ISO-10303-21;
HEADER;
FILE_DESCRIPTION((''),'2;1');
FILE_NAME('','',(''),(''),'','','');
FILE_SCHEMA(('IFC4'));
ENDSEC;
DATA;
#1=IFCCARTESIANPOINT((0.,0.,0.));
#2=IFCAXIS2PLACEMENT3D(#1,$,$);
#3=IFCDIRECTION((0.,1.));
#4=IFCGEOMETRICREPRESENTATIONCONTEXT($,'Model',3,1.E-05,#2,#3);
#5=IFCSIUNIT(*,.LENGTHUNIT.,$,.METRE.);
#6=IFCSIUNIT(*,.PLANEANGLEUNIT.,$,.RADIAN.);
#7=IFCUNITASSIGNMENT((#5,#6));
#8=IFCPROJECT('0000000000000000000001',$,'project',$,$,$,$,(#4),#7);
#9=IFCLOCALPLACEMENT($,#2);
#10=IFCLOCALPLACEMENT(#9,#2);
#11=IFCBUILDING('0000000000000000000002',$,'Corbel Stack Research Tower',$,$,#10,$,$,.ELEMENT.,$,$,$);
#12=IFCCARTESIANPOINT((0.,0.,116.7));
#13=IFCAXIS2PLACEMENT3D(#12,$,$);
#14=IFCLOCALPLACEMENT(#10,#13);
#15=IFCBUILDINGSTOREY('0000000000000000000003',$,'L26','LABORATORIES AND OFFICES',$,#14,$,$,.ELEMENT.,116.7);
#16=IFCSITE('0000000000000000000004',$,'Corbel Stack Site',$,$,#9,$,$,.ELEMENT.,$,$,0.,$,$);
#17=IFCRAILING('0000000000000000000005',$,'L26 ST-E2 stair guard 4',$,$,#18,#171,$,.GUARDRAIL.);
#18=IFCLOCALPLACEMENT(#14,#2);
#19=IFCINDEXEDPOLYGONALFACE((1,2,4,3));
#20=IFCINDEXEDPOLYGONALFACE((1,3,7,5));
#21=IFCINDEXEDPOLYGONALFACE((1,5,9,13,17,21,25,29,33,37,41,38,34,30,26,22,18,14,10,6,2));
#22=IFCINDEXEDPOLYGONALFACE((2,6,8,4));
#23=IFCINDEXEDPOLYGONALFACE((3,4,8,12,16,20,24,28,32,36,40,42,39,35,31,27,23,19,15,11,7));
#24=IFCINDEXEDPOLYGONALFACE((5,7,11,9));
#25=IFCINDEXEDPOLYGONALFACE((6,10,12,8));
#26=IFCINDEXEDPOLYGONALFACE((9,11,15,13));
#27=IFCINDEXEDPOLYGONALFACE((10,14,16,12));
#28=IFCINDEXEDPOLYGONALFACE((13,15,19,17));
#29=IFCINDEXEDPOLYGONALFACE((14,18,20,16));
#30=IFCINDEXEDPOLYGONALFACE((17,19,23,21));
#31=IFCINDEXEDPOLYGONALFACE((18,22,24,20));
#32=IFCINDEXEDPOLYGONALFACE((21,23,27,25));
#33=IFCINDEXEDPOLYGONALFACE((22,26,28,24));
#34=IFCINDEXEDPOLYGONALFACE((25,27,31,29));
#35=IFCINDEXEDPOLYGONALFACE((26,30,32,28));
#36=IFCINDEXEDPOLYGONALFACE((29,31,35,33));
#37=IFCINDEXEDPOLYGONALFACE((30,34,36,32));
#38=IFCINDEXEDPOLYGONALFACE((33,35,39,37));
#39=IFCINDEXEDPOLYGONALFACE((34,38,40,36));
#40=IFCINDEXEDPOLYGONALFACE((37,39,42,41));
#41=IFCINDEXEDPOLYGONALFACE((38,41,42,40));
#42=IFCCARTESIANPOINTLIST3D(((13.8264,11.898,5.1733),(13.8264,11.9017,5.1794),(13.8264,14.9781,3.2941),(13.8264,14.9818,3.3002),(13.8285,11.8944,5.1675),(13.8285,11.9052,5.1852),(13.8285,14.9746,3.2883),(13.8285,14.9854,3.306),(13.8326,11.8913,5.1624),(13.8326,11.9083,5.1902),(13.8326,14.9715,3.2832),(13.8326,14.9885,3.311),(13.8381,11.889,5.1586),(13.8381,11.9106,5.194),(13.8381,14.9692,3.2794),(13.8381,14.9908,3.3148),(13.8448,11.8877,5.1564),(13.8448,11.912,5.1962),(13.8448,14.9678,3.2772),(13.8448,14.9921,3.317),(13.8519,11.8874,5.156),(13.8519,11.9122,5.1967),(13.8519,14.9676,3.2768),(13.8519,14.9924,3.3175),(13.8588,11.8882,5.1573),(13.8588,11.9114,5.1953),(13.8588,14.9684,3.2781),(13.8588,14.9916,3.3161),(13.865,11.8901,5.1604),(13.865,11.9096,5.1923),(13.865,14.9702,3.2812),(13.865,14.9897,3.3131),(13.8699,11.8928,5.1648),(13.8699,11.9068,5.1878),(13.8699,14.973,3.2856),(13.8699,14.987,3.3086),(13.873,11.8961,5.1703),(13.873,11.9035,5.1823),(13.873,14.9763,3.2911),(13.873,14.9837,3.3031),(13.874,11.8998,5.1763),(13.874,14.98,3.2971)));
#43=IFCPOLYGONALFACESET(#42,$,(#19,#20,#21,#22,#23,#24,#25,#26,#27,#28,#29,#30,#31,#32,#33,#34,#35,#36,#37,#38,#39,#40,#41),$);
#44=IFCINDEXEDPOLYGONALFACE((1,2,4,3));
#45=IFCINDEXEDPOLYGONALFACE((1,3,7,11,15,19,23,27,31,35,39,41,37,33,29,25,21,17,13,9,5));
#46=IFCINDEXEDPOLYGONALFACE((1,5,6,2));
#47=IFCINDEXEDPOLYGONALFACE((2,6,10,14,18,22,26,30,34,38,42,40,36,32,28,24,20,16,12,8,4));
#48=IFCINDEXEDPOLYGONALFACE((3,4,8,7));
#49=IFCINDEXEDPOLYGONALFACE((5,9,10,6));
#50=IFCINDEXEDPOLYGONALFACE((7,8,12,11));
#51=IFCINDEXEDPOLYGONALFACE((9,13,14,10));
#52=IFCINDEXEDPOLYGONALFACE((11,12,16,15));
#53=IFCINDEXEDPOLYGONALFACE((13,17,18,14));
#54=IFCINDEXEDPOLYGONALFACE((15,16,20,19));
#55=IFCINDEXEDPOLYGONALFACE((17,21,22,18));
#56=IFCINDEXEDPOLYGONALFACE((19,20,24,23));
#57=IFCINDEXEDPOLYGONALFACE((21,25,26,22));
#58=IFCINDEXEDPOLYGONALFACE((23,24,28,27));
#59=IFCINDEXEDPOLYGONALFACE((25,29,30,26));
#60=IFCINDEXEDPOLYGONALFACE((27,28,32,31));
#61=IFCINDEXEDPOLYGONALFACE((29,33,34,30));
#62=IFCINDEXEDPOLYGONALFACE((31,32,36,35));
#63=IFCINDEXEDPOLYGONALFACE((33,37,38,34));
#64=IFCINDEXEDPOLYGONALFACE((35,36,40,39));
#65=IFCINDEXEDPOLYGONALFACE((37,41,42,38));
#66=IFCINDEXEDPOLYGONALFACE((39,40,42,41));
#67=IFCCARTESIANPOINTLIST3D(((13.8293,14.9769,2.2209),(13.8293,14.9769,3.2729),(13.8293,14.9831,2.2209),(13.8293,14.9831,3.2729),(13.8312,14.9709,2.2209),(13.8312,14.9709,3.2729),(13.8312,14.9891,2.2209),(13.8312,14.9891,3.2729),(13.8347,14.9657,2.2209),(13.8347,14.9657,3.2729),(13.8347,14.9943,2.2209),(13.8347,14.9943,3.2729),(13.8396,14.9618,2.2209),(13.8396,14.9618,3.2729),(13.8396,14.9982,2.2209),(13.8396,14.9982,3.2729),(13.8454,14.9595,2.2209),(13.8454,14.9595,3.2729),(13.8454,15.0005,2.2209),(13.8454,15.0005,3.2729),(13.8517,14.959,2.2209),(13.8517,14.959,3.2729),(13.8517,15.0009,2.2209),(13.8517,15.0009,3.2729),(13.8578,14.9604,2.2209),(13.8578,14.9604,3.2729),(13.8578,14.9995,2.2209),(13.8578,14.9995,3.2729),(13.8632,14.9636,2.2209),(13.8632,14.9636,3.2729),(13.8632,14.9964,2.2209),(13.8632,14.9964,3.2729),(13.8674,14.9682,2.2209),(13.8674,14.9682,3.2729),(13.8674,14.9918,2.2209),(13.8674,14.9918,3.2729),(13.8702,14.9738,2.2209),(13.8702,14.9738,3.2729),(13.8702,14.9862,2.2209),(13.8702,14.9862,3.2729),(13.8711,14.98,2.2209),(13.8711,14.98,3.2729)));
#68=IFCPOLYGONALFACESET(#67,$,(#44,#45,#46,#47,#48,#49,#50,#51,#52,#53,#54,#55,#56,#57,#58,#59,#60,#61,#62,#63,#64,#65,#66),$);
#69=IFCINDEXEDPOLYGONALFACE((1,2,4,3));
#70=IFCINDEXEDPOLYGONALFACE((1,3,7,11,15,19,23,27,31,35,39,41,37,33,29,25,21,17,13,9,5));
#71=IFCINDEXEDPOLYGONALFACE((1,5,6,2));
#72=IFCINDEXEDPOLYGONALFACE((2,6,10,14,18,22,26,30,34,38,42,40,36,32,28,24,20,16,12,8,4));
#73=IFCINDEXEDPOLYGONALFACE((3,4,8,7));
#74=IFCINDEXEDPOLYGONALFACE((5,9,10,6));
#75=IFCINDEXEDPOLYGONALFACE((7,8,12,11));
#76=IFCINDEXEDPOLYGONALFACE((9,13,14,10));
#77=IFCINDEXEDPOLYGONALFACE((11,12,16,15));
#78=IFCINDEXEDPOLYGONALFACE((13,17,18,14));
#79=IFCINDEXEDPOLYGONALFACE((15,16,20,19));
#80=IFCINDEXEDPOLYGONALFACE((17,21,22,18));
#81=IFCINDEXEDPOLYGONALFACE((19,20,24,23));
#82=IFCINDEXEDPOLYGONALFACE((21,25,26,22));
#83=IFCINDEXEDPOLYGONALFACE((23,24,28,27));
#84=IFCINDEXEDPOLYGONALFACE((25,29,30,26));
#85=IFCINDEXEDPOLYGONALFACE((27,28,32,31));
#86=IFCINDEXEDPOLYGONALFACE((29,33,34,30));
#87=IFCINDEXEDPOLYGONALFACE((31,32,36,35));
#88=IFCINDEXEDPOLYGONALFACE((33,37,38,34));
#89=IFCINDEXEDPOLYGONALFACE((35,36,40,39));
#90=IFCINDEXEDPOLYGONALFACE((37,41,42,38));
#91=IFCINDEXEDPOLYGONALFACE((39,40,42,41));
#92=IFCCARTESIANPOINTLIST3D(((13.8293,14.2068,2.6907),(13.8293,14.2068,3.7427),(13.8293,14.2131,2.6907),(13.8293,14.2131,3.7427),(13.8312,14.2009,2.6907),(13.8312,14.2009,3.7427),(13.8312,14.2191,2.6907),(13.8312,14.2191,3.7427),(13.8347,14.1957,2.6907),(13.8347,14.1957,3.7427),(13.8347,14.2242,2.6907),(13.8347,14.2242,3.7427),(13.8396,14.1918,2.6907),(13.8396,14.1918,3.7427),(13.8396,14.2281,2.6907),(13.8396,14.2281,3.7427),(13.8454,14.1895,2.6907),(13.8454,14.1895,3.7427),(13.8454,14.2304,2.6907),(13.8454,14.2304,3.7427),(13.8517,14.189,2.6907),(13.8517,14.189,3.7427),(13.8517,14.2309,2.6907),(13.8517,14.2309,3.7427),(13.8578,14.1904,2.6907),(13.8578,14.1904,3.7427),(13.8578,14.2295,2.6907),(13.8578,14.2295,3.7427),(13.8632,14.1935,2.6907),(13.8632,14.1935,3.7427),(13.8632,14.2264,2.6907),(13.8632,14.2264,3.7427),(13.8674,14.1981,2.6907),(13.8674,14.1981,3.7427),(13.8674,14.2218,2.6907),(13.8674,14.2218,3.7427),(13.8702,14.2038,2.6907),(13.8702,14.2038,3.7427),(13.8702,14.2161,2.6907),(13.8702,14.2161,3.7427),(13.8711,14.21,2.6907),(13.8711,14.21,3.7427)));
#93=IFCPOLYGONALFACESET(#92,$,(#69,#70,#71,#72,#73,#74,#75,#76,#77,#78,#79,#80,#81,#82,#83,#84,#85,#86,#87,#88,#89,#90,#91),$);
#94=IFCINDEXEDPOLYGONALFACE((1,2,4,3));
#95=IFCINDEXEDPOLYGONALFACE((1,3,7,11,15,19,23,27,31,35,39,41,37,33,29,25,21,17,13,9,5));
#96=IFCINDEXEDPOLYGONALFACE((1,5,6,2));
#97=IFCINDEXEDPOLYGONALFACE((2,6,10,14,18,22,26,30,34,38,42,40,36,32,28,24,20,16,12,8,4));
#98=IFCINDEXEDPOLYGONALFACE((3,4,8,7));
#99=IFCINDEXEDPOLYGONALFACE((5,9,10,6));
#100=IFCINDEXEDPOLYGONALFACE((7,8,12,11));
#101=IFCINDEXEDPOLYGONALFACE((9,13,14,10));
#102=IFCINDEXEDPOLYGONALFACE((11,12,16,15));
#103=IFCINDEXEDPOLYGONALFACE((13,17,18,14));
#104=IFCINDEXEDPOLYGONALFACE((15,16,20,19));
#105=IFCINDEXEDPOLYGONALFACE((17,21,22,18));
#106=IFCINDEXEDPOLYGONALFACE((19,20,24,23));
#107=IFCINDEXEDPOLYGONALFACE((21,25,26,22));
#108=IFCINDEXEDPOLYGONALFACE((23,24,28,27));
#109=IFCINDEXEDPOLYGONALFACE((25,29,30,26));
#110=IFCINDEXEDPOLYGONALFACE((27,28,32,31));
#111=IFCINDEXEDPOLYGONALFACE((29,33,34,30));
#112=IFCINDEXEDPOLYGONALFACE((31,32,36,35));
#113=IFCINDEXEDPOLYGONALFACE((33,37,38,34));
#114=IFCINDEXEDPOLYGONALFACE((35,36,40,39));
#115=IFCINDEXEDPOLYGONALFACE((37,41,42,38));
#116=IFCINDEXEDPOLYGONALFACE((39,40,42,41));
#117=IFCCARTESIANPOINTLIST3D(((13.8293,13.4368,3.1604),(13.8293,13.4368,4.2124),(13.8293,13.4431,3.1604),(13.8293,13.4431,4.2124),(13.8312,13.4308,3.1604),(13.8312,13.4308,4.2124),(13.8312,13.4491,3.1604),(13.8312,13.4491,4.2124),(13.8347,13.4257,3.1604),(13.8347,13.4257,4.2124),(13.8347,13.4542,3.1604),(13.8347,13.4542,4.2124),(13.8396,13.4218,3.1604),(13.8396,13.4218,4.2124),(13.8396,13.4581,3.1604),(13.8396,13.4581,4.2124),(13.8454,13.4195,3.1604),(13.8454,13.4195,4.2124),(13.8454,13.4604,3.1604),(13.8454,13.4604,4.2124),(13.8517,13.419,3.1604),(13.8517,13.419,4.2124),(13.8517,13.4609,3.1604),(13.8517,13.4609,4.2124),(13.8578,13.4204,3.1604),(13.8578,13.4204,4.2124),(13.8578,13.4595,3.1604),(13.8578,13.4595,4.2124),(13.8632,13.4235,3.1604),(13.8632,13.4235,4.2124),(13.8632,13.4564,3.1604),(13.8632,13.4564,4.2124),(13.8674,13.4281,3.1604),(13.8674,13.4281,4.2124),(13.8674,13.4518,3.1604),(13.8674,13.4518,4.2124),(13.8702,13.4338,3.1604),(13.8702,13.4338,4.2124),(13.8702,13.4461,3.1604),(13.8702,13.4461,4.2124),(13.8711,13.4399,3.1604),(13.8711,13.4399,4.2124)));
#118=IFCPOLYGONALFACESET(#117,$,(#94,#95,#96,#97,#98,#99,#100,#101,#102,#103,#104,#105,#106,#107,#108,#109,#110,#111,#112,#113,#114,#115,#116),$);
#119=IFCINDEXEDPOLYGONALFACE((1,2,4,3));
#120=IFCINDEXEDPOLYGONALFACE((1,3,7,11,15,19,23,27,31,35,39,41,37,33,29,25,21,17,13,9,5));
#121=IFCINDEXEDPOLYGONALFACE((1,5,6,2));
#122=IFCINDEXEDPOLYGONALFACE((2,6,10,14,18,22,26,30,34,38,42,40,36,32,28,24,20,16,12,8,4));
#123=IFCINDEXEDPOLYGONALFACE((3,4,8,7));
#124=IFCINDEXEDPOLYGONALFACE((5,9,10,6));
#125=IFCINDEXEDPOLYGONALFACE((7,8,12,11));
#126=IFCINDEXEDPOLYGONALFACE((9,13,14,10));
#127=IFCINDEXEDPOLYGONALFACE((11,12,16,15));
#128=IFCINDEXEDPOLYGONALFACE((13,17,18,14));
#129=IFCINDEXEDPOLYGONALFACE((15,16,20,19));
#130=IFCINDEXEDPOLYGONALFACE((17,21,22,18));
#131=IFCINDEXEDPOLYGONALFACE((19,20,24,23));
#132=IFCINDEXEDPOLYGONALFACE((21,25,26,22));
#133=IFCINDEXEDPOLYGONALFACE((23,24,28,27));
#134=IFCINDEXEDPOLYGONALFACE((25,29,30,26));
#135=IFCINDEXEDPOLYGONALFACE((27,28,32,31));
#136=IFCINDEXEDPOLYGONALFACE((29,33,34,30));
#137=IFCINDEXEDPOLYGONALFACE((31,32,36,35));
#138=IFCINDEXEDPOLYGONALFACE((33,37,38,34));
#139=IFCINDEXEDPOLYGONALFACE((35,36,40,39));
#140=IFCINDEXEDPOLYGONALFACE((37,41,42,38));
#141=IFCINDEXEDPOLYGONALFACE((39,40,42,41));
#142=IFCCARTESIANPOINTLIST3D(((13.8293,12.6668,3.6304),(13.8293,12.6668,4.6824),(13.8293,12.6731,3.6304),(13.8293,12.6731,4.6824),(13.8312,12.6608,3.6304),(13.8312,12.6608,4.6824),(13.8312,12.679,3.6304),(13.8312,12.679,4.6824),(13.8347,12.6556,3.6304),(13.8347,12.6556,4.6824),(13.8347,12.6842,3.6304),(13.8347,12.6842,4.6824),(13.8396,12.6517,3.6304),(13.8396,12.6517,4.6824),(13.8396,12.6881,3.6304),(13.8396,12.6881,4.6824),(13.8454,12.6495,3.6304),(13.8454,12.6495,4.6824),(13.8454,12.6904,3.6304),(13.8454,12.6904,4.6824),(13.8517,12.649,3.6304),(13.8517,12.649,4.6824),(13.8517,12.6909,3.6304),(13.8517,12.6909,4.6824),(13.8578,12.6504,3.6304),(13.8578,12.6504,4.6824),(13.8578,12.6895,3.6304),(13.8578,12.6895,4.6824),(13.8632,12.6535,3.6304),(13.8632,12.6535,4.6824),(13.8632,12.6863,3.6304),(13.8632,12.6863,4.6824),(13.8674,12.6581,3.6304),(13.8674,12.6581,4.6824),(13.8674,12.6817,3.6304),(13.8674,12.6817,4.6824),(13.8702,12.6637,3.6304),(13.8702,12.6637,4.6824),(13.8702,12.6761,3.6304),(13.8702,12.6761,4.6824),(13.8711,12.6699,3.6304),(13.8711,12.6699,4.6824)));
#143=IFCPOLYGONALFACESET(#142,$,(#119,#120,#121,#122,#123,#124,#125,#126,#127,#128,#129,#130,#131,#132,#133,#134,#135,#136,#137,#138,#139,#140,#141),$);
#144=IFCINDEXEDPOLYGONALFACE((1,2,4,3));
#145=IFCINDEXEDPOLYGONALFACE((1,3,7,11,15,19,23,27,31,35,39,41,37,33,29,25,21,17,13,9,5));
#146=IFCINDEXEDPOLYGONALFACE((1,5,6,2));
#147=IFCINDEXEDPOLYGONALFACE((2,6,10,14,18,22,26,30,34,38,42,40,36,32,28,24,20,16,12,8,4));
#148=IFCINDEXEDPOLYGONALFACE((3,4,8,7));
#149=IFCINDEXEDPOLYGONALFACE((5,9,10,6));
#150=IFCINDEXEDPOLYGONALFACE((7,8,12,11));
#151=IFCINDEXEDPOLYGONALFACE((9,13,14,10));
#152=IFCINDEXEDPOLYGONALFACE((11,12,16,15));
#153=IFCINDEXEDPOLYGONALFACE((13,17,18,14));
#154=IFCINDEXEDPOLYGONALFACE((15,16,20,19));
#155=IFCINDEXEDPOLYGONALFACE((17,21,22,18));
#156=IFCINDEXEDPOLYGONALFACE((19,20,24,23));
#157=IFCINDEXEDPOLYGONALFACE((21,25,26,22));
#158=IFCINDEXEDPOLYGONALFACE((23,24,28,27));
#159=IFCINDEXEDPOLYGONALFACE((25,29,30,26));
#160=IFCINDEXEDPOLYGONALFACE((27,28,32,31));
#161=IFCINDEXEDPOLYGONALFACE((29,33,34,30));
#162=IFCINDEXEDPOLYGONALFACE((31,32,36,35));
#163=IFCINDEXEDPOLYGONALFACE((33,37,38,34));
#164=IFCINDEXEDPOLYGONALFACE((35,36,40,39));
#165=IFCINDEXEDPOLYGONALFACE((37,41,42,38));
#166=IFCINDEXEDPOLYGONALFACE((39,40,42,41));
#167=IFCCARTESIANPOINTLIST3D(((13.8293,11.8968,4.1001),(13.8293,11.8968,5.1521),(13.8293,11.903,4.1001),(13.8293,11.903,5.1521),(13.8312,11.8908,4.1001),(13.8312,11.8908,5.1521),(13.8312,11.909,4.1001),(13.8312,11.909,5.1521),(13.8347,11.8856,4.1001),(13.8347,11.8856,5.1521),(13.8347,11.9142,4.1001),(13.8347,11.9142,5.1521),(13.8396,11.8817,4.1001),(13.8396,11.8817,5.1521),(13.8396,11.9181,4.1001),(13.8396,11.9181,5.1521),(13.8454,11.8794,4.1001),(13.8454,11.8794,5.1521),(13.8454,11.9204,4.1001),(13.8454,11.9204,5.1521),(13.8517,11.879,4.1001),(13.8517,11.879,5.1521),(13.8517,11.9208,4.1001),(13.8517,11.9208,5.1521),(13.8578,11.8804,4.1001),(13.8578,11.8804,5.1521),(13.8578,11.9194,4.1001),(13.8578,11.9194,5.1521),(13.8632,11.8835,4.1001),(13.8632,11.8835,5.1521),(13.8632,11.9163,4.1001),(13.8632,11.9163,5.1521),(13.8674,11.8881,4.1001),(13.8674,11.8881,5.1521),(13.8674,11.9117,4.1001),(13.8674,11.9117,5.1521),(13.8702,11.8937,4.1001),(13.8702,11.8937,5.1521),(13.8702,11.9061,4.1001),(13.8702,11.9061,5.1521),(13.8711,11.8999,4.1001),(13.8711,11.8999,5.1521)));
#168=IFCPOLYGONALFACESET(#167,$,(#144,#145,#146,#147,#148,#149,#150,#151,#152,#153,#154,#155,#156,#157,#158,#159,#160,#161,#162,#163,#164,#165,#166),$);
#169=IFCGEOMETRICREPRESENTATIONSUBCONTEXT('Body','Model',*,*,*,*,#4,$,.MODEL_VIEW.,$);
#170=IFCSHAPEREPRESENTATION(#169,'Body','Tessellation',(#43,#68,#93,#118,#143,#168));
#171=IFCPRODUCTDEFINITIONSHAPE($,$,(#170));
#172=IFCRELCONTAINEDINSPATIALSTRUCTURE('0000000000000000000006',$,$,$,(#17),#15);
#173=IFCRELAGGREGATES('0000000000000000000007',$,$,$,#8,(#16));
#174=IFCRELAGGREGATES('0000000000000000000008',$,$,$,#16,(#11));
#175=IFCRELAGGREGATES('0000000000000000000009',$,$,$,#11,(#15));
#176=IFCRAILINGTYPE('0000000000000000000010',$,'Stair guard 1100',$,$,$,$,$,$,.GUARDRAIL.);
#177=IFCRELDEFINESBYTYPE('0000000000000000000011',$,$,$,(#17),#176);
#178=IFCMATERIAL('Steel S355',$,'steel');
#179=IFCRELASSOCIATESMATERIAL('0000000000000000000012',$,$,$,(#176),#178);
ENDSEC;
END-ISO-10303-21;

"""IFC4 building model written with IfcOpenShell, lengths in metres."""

from ifc_helpers import new_model, si_unit, direction, frame, origin, origin_2d, place, context, subcontext, project, spatial, circle, extrude, material, type_object, element, save


model = new_model("IFC4")

# Units and contexts
model_context = context("Model", 3, precision=1e-05, world=origin(), true_north=direction((0.0, 1.0)))
body_context = subcontext(model_context, "Body", "Model", "MODEL_VIEW")
ifc_project = project(units=[si_unit("LENGTHUNIT", "METRE"), si_unit("PLANEANGLEUNIT", "RADIAN")], contexts=[model_context])

# Site, building, storey
site_placement = place(None, origin())
site = spatial("IfcSite", under=ifc_project, at=site_placement, Name="Corbel Stack Site", CompositionType="ELEMENT", RefElevation=0.0)
building_placement = place(site_placement, origin())
building = spatial("IfcBuilding", under=site, at=building_placement, Name="Corbel Stack Research Tower", CompositionType="ELEMENT")
storey_placement = place(building_placement, frame((0.0, 0.0, 116.7)))
storey = spatial("IfcBuildingStorey", under=building, at=storey_placement, Name="L26", Description="LABORATORIES AND OFFICES", CompositionType="ELEMENT", Elevation=116.7)

# Railing
ifc_material_1 = material(Name="Steel S355", Category="steel")
railing_type_1 = type_object("IfcRailingType", Name="Stair guard 1100", PredefinedType="GUARDRAIL", material=ifc_material_1)
railing_1_placement = place(storey_placement, frame((13.8501, 14.98, 2.2209)))
element("IfcRailing", 1, at=railing_1_placement, inside=storey, type_object=railing_type_1, Name="L26 ST-E2 stair guard 4", PredefinedType="GUARDRAIL", context=body_context, shape_type="SweptSolid", body=[
    extrude(circle(Radius=0.0239, at=origin_2d()), frame((0.0, 0.0, 1.0762), z_axis=(0.0, -0.853666, 0.52082), x_axis=(1.0, 0.0, 0.0)), (0.0, 0.0, 1.0), 3.6082),
    extrude(circle(Radius=0.021, at=origin_2d()), origin(), (0.0, 0.0, 1.0), 1.052),
    extrude(circle(Radius=0.021, at=origin_2d()), frame((0.0, -0.77, 0.4697)), (0.0, 0.0, 1.0), 1.052),
    extrude(circle(Radius=0.021, at=origin_2d()), frame((0.0, -1.54, 0.9395)), (0.0, 0.0, 1.0), 1.052),
    extrude(circle(Radius=0.021, at=origin_2d()), frame((0.0, -2.3101, 1.4094)), (0.0, 0.0, 1.0), 1.052),
    extrude(circle(Radius=0.021, at=origin_2d()), frame((0.0, -3.0801, 1.8792)), (0.0, 0.0, 1.0), 1.052),
])

save(model, "model.ifc")
